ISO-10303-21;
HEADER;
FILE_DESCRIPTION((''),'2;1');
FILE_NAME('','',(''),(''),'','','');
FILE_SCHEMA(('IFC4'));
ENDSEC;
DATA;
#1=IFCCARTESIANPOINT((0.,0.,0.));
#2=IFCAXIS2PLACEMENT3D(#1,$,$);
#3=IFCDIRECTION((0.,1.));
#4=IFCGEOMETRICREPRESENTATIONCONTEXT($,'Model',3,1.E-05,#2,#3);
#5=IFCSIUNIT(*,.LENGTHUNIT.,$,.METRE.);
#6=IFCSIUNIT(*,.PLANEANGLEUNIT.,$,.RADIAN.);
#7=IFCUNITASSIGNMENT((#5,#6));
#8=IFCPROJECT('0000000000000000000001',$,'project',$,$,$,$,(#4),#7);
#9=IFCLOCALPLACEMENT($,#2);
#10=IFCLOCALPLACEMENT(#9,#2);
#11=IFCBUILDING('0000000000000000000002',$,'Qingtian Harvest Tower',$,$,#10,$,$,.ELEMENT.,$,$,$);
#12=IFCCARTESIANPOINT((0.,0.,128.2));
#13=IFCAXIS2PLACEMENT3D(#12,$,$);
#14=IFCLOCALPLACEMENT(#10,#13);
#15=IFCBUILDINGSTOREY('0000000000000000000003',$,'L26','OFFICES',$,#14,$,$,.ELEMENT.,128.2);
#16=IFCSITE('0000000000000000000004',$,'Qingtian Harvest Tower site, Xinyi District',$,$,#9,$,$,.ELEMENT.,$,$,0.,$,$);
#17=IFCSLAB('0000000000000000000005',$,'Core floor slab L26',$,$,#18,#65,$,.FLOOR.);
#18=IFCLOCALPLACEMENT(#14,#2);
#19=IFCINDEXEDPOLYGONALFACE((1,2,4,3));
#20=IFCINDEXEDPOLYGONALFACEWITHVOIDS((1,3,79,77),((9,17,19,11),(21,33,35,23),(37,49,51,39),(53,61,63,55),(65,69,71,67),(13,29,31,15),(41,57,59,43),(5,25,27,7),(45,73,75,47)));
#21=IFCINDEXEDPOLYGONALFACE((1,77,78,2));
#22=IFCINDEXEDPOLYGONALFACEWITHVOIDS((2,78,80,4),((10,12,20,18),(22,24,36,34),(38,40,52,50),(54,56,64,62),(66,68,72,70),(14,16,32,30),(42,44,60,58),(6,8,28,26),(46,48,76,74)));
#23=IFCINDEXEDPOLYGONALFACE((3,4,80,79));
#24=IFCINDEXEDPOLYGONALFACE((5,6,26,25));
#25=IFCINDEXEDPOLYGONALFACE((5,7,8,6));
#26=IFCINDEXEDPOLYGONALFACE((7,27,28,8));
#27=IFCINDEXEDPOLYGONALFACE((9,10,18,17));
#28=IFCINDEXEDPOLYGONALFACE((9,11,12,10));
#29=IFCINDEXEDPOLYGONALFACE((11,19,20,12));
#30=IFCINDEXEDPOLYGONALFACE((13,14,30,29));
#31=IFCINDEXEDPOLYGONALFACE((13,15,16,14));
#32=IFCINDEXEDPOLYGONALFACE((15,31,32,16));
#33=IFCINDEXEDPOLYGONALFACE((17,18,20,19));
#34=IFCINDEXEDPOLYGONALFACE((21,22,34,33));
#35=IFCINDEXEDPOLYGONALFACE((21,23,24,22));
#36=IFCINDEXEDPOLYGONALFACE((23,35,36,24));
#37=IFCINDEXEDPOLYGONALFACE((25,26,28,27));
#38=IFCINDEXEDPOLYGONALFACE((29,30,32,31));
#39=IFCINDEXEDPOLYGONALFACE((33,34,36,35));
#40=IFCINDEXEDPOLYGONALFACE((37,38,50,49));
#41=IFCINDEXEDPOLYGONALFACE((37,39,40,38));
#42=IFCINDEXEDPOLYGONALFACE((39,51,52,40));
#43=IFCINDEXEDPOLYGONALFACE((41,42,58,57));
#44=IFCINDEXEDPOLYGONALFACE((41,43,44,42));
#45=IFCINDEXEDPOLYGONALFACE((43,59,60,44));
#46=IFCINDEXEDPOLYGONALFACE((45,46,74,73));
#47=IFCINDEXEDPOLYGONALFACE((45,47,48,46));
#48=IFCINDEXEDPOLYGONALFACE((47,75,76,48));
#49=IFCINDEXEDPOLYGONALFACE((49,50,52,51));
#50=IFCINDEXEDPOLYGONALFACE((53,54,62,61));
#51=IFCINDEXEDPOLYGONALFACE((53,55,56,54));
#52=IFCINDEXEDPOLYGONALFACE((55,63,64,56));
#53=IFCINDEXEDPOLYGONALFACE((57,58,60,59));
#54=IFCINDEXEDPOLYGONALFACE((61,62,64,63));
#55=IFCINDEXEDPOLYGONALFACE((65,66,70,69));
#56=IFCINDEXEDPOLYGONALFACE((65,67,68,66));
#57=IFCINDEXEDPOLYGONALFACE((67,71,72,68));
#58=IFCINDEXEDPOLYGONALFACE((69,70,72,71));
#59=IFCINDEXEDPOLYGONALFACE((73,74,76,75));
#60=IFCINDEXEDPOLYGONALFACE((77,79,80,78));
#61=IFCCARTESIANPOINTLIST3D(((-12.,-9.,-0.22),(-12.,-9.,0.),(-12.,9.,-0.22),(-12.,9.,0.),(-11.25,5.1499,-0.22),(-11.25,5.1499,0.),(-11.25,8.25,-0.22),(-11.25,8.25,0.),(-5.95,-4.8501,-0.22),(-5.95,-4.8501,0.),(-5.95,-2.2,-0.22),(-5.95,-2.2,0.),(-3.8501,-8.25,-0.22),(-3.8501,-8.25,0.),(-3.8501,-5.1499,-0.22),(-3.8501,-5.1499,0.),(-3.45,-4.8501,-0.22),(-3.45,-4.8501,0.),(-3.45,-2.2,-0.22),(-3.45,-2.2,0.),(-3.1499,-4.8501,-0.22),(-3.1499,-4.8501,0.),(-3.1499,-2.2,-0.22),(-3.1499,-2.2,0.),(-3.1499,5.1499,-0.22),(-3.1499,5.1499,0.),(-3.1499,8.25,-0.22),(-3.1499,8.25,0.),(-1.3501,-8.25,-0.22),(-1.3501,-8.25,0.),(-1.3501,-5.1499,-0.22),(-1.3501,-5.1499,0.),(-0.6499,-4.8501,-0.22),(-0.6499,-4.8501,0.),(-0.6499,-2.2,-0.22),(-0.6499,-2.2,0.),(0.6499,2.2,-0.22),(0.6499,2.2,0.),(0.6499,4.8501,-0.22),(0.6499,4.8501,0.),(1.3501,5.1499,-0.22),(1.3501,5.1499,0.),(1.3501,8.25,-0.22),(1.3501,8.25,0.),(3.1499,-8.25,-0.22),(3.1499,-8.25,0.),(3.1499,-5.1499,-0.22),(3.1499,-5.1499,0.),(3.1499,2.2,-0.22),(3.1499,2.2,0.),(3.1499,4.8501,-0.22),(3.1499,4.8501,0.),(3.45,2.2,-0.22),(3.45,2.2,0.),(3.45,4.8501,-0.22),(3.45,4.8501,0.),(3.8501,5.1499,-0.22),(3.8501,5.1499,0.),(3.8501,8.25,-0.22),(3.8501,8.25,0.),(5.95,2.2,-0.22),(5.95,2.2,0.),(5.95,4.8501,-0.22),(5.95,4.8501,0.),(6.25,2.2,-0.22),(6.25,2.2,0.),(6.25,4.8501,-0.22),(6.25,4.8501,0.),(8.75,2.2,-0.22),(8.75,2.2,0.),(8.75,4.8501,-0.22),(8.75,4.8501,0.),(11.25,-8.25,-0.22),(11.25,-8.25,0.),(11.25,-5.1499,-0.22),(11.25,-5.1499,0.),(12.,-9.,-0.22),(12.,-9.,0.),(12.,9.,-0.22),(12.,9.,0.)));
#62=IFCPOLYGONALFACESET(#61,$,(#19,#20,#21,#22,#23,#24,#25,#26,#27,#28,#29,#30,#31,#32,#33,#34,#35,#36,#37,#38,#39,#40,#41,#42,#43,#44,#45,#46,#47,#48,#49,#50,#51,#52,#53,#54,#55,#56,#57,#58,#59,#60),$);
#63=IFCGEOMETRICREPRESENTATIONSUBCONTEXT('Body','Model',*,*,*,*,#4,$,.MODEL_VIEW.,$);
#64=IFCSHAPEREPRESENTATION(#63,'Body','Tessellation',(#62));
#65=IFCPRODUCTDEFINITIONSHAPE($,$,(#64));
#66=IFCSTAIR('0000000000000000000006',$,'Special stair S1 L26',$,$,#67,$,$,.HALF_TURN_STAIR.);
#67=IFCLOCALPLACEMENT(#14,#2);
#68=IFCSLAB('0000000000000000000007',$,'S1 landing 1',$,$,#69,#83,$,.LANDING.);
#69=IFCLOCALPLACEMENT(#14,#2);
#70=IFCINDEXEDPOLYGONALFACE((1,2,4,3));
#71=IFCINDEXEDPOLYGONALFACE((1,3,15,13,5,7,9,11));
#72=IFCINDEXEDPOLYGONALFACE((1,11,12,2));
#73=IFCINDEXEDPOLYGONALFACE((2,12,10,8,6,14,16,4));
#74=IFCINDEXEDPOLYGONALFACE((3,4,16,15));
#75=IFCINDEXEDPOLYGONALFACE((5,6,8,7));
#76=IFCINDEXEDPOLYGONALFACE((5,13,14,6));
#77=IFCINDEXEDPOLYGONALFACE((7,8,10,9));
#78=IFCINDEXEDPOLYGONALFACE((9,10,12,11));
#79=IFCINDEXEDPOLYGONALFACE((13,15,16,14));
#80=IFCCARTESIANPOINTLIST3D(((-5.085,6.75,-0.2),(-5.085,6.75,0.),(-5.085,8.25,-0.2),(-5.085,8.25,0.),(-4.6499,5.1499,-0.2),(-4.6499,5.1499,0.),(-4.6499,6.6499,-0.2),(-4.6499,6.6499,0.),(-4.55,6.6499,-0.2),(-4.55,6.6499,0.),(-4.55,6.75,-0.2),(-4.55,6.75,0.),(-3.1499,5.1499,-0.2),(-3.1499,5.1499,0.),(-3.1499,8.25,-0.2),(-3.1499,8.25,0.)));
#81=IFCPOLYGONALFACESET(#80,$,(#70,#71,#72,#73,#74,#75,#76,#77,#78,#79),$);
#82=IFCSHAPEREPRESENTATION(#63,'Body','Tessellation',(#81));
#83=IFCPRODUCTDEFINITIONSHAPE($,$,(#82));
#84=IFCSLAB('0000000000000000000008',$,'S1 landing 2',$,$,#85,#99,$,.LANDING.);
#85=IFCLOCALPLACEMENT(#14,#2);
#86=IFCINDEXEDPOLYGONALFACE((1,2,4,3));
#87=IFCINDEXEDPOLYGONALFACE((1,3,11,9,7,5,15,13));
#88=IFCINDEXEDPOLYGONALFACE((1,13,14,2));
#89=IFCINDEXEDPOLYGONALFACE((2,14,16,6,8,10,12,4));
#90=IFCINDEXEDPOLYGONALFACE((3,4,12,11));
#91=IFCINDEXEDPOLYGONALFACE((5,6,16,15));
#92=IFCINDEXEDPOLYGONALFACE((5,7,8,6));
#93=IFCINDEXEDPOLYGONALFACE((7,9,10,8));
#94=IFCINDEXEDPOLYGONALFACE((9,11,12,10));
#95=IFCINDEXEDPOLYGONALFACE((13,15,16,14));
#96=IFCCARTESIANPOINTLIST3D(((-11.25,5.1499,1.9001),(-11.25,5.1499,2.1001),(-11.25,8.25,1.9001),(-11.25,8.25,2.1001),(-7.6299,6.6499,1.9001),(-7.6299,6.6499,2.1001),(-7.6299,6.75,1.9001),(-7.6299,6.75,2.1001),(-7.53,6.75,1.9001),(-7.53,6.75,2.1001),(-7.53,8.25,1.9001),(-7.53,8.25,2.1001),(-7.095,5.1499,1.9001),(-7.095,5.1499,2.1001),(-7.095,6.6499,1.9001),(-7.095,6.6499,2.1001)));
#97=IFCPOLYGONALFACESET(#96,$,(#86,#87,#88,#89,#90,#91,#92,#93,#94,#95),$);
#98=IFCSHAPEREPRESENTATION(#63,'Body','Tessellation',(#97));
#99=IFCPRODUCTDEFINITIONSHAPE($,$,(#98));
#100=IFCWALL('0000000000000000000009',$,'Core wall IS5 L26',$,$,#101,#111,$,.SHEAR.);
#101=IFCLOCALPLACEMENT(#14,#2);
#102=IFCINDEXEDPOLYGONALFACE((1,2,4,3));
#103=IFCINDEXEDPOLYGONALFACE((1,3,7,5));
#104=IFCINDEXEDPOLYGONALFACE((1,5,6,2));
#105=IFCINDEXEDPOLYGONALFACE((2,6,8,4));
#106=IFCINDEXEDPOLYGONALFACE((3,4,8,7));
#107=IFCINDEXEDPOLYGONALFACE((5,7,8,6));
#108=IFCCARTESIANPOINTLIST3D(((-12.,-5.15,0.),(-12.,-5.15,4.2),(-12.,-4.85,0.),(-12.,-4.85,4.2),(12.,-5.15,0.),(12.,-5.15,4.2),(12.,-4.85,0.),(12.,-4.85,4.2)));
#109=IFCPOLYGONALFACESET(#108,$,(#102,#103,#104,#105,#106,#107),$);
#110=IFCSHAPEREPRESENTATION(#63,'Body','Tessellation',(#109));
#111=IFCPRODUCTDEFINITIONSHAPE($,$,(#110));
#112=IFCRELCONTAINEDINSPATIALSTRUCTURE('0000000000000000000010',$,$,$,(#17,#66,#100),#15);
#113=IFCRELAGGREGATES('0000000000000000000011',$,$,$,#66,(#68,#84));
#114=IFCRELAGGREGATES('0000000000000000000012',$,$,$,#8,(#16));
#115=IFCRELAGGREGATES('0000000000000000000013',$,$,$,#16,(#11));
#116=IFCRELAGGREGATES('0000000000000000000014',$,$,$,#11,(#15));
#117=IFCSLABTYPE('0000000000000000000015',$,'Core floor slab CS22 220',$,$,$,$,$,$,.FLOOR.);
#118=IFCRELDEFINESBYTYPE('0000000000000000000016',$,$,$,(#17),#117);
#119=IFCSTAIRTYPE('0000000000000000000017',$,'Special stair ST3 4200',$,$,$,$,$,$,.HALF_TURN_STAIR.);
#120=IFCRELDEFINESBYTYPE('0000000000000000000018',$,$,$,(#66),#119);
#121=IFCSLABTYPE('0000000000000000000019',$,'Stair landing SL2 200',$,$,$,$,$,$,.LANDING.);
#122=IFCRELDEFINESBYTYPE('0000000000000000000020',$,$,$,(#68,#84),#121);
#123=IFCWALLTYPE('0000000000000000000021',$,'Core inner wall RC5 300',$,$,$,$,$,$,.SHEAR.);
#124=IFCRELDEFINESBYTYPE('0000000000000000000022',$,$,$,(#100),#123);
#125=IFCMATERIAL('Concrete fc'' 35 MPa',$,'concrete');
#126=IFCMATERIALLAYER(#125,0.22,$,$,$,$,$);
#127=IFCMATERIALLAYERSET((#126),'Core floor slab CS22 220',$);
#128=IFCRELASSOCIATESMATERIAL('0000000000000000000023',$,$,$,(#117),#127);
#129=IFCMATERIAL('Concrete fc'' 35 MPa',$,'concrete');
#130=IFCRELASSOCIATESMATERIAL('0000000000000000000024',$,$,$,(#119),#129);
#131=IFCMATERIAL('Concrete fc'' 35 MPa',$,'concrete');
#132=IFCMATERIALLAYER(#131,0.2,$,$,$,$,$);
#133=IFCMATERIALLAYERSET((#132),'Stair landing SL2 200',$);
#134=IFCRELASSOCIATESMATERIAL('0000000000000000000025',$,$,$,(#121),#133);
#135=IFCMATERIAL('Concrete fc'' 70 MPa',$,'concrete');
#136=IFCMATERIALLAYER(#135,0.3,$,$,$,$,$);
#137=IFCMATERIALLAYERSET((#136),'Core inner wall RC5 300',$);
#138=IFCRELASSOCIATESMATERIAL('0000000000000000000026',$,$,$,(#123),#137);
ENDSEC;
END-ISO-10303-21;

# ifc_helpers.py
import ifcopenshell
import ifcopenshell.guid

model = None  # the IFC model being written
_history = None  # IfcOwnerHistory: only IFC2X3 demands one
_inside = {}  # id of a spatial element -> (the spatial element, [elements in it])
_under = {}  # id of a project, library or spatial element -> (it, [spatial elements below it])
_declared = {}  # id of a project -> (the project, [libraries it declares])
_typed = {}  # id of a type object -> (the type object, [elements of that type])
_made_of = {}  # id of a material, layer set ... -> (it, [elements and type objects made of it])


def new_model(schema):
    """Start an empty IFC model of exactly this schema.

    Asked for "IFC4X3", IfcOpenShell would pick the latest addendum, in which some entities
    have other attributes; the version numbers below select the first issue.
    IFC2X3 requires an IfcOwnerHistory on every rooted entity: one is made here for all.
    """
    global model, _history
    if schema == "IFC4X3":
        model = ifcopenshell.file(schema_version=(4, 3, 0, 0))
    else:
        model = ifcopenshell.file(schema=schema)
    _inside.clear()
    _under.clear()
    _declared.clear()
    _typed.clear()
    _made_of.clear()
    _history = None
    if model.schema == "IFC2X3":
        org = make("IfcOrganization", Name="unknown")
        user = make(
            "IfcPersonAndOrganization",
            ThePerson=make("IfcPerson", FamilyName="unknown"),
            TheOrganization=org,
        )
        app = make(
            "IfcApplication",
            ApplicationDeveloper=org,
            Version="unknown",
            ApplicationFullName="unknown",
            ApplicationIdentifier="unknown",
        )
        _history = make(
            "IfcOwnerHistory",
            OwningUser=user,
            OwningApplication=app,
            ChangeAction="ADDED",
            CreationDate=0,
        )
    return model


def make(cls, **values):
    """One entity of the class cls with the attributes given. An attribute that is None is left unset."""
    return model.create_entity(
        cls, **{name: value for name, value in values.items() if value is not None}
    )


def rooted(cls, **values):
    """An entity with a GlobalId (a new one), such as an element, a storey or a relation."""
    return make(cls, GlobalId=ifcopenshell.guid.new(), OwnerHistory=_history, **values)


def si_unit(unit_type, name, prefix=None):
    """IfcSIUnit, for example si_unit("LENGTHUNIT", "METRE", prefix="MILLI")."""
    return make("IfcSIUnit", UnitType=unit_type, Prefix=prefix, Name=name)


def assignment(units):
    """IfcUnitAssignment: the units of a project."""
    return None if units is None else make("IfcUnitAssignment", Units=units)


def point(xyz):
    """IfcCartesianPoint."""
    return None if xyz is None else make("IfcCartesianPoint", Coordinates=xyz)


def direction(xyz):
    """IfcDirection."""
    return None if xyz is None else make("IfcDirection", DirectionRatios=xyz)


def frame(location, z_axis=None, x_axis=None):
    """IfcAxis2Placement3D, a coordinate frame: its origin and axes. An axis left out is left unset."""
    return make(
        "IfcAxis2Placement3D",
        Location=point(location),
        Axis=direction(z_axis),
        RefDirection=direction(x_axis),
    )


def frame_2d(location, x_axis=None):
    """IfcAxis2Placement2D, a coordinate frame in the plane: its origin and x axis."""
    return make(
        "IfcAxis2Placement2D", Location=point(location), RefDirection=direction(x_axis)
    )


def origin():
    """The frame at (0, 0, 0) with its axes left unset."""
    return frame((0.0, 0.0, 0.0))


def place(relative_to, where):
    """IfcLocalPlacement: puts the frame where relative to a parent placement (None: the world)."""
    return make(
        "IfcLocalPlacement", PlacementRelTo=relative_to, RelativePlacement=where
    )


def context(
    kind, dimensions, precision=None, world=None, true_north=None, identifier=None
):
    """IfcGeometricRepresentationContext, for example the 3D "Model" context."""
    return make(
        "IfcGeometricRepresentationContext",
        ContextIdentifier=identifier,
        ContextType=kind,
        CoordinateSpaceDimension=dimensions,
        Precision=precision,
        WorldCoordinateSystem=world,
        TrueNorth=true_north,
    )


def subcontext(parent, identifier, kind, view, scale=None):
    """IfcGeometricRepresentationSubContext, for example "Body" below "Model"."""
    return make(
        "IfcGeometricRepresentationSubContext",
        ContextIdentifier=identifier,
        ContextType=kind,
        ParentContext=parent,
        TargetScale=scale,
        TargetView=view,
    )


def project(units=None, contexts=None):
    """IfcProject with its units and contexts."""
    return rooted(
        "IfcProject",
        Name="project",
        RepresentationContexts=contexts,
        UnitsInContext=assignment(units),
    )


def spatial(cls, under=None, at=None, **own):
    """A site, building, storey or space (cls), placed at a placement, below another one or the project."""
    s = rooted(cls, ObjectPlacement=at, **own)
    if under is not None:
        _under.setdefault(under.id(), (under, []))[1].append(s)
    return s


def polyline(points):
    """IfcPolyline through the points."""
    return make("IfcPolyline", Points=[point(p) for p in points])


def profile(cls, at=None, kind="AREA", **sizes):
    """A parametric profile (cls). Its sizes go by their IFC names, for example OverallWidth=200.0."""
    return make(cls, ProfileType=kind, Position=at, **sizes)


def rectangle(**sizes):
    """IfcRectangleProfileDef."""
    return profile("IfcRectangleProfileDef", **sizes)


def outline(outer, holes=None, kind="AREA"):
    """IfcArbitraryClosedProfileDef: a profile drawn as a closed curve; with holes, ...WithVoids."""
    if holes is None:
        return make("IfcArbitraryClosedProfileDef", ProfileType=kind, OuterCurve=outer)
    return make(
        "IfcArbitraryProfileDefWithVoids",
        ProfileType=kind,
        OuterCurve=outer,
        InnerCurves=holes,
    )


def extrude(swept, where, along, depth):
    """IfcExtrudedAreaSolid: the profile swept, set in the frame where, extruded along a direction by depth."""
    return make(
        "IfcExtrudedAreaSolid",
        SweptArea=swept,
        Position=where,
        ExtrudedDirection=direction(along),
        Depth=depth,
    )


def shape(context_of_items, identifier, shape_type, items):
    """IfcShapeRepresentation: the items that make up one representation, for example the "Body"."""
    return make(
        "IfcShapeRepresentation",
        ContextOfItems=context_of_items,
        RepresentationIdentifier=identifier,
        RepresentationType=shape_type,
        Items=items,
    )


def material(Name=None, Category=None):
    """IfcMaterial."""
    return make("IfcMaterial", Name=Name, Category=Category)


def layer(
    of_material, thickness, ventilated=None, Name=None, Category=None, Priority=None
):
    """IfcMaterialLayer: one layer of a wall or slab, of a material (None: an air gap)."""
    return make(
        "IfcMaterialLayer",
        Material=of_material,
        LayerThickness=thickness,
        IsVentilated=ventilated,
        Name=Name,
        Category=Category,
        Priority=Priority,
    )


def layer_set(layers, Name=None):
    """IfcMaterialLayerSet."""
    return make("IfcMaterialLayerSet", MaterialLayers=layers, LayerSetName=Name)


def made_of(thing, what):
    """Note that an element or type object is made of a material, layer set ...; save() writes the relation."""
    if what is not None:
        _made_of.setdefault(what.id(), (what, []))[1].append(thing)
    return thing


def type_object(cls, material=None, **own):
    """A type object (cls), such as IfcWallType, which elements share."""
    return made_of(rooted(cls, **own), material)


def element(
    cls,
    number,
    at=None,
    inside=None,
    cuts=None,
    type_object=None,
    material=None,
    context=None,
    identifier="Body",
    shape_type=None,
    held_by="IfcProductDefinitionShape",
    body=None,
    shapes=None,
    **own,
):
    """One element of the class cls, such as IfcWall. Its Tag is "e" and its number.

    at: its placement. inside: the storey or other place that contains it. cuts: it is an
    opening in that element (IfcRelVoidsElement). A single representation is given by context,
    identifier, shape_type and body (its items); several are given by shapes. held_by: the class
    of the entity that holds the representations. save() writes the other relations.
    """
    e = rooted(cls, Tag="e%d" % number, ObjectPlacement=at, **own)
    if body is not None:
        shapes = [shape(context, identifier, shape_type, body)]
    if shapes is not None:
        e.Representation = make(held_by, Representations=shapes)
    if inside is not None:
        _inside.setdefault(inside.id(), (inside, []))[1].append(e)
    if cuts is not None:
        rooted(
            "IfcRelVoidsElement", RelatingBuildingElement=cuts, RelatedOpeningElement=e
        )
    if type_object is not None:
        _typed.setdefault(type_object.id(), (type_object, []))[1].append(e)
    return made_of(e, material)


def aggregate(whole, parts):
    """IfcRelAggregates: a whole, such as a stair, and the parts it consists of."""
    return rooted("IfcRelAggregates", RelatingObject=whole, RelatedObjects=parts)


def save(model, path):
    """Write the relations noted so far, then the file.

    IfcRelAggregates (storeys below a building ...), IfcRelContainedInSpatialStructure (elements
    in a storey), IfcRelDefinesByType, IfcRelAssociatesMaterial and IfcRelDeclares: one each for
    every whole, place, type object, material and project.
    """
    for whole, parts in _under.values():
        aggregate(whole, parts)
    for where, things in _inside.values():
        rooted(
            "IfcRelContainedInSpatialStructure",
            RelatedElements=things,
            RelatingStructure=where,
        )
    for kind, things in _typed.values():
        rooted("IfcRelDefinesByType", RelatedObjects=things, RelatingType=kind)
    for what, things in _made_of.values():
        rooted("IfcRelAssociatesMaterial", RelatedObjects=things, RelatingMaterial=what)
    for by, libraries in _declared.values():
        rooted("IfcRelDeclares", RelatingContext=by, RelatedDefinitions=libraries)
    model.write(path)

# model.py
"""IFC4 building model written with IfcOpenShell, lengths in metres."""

from ifc_helpers import new_model, si_unit, direction, frame, frame_2d, origin, place, context, subcontext, project, spatial, polyline, rectangle, outline, extrude, material, layer, layer_set, type_object, element, aggregate, save


model = new_model("IFC4")

# Units and contexts
model_context = context("Model", 3, precision=1e-05, world=origin(), true_north=direction((0.0, 1.0)))
body_context = subcontext(model_context, "Body", "Model", "MODEL_VIEW")
ifc_project = project(units=[si_unit("LENGTHUNIT", "METRE"), si_unit("PLANEANGLEUNIT", "RADIAN")], contexts=[model_context])

# Site, building, storey
site_placement = place(None, origin())
site = spatial("IfcSite", under=ifc_project, at=site_placement, Name="Qingtian Harvest Tower site, Xinyi District", CompositionType="ELEMENT", RefElevation=0.0)
building_placement = place(site_placement, origin())
building = spatial("IfcBuilding", under=site, at=building_placement, Name="Qingtian Harvest Tower", CompositionType="ELEMENT")
storey_placement = place(building_placement, frame((0.0, 0.0, 128.2)))
storey = spatial("IfcBuildingStorey", under=building, at=storey_placement, Name="L26", Description="OFFICES", CompositionType="ELEMENT", Elevation=128.2)

# Slab
ifc_material_1 = material(Name="Concrete fc' 35 MPa", Category="concrete")
ifc_layer_1 = layer(ifc_material_1, 0.22)
ifc_layer_set_1 = layer_set([ifc_layer_1], Name="Core floor slab CS22 220")
slab_type_1 = type_object("IfcSlabType", Name="Core floor slab CS22 220", PredefinedType="FLOOR", material=ifc_layer_set_1)
slab_1_placement = place(storey_placement, frame((0.0, 0.0, -0.22)))
element("IfcSlab", 1, at=slab_1_placement, inside=storey, type_object=slab_type_1, Name="Core floor slab L26", PredefinedType="FLOOR", context=body_context, shape_type="SweptSolid", body=[
    extrude(outline(polyline([(-12.0, -9.0), (12.0, -9.0), (12.0, 9.0), (-12.0, 9.0), (-12.0, -9.0)]), holes=[polyline([(-11.25, 5.1499), (-3.1499, 5.1499), (-3.1499, 8.25), (-11.25, 8.25), (-11.25, 5.1499)]), polyline([(3.1499, -8.25), (11.25, -8.25), (11.25, -5.1499), (3.1499, -5.1499), (3.1499, -8.25)]), polyline([(1.3501, 5.1499), (3.8501, 5.1499), (3.8501, 8.25), (1.3501, 8.25), (1.3501, 5.1499)]), polyline([(-3.8501, -8.25), (-1.3501, -8.25), (-1.3501, -5.1499), (-3.8501, -5.1499), (-3.8501, -8.25)]), polyline([(0.6499, 2.2), (3.1499, 2.2), (3.1499, 4.8501), (0.6499, 4.8501), (0.6499, 2.2)]), polyline([(3.45, 2.2), (5.95, 2.2), (5.95, 4.8501), (3.45, 4.8501), (3.45, 2.2)]), polyline([(6.25, 2.2), (8.75, 2.2), (8.75, 4.8501), (6.25, 4.8501), (6.25, 2.2)]), polyline([(-5.95, -4.8501), (-3.45, -4.8501), (-3.45, -2.2), (-5.95, -2.2), (-5.95, -4.8501)]), polyline([(-3.1499, -4.8501), (-0.6499, -4.8501), (-0.6499, -2.2), (-3.1499, -2.2), (-3.1499, -4.8501)])]), origin(), (0.0, 0.0, 1.0), 0.22),
])

# Stair, slabs
ifc_material_2 = material(Name="Concrete fc' 35 MPa", Category="concrete")
stair_type = type_object("IfcStairType", Name="Special stair ST3 4200", PredefinedType="HALF_TURN_STAIR", material=ifc_material_2)
stair_placement = place(storey_placement, origin())
stair = element("IfcStair", 2, at=stair_placement, inside=storey, type_object=stair_type, Name="Special stair S1 L26", PredefinedType="HALF_TURN_STAIR")
ifc_material_3 = material(Name="Concrete fc' 35 MPa", Category="concrete")
ifc_layer_2 = layer(ifc_material_3, 0.2)
ifc_layer_set_2 = layer_set([ifc_layer_2], Name="Stair landing SL2 200")
slab_type_2 = type_object("IfcSlabType", Name="Stair landing SL2 200", PredefinedType="LANDING", material=ifc_layer_set_2)
slab_2_placement = place(storey_placement, frame((0.0, 0.0, -0.2)))
slab_2 = element("IfcSlab", 3, at=slab_2_placement, type_object=slab_type_2, Name="S1 landing 1", PredefinedType="LANDING", context=body_context, shape_type="SweptSolid", body=[
    extrude(outline(polyline([(-4.6499, 5.1499), (-4.6499, 6.6499), (-4.55, 6.6499), (-4.55, 6.75), (-5.085, 6.75), (-5.085, 8.25), (-3.1499, 8.25), (-3.1499, 5.1499), (-4.6499, 5.1499)])), origin(), (0.0, 0.0, 1.0), 0.2),
])
slab_3_placement = place(storey_placement, frame((0.0, 0.0, 1.9001)))
slab_3 = element("IfcSlab", 4, at=slab_3_placement, type_object=slab_type_2, Name="S1 landing 2", PredefinedType="LANDING", context=body_context, shape_type="SweptSolid", body=[
    extrude(outline(polyline([(-7.095, 5.1499), (-11.25, 5.1499), (-11.25, 8.25), (-7.53, 8.25), (-7.53, 6.75), (-7.6299, 6.75), (-7.6299, 6.6499), (-7.095, 6.6499), (-7.095, 5.1499)])), origin(), (0.0, 0.0, 1.0), 0.2),
])
aggregate(stair, [slab_2, slab_3])

# Wall
ifc_material_4 = material(Name="Concrete fc' 70 MPa", Category="concrete")
ifc_layer_3 = layer(ifc_material_4, 0.3)
ifc_layer_set_3 = layer_set([ifc_layer_3], Name="Core inner wall RC5 300")
wall_type_1 = type_object("IfcWallType", Name="Core inner wall RC5 300", PredefinedType="SHEAR", material=ifc_layer_set_3)
wall_1_placement = place(storey_placement, frame((-12.0, -5.0, 0.0), z_axis=(0.0, 0.0, 1.0), x_axis=(1.0, 0.0, 0.0)))
element("IfcWall", 5, at=wall_1_placement, inside=storey, type_object=wall_type_1, Name="Core wall IS5 L26", PredefinedType="SHEAR", context=body_context, shape_type="SweptSolid", body=[
    extrude(rectangle(XDim=24.0, YDim=0.3, at=frame_2d((12.0, 0.0))), origin(), (0.0, 0.0, 1.0), 4.2),
])

save(model, "model.ifc")
